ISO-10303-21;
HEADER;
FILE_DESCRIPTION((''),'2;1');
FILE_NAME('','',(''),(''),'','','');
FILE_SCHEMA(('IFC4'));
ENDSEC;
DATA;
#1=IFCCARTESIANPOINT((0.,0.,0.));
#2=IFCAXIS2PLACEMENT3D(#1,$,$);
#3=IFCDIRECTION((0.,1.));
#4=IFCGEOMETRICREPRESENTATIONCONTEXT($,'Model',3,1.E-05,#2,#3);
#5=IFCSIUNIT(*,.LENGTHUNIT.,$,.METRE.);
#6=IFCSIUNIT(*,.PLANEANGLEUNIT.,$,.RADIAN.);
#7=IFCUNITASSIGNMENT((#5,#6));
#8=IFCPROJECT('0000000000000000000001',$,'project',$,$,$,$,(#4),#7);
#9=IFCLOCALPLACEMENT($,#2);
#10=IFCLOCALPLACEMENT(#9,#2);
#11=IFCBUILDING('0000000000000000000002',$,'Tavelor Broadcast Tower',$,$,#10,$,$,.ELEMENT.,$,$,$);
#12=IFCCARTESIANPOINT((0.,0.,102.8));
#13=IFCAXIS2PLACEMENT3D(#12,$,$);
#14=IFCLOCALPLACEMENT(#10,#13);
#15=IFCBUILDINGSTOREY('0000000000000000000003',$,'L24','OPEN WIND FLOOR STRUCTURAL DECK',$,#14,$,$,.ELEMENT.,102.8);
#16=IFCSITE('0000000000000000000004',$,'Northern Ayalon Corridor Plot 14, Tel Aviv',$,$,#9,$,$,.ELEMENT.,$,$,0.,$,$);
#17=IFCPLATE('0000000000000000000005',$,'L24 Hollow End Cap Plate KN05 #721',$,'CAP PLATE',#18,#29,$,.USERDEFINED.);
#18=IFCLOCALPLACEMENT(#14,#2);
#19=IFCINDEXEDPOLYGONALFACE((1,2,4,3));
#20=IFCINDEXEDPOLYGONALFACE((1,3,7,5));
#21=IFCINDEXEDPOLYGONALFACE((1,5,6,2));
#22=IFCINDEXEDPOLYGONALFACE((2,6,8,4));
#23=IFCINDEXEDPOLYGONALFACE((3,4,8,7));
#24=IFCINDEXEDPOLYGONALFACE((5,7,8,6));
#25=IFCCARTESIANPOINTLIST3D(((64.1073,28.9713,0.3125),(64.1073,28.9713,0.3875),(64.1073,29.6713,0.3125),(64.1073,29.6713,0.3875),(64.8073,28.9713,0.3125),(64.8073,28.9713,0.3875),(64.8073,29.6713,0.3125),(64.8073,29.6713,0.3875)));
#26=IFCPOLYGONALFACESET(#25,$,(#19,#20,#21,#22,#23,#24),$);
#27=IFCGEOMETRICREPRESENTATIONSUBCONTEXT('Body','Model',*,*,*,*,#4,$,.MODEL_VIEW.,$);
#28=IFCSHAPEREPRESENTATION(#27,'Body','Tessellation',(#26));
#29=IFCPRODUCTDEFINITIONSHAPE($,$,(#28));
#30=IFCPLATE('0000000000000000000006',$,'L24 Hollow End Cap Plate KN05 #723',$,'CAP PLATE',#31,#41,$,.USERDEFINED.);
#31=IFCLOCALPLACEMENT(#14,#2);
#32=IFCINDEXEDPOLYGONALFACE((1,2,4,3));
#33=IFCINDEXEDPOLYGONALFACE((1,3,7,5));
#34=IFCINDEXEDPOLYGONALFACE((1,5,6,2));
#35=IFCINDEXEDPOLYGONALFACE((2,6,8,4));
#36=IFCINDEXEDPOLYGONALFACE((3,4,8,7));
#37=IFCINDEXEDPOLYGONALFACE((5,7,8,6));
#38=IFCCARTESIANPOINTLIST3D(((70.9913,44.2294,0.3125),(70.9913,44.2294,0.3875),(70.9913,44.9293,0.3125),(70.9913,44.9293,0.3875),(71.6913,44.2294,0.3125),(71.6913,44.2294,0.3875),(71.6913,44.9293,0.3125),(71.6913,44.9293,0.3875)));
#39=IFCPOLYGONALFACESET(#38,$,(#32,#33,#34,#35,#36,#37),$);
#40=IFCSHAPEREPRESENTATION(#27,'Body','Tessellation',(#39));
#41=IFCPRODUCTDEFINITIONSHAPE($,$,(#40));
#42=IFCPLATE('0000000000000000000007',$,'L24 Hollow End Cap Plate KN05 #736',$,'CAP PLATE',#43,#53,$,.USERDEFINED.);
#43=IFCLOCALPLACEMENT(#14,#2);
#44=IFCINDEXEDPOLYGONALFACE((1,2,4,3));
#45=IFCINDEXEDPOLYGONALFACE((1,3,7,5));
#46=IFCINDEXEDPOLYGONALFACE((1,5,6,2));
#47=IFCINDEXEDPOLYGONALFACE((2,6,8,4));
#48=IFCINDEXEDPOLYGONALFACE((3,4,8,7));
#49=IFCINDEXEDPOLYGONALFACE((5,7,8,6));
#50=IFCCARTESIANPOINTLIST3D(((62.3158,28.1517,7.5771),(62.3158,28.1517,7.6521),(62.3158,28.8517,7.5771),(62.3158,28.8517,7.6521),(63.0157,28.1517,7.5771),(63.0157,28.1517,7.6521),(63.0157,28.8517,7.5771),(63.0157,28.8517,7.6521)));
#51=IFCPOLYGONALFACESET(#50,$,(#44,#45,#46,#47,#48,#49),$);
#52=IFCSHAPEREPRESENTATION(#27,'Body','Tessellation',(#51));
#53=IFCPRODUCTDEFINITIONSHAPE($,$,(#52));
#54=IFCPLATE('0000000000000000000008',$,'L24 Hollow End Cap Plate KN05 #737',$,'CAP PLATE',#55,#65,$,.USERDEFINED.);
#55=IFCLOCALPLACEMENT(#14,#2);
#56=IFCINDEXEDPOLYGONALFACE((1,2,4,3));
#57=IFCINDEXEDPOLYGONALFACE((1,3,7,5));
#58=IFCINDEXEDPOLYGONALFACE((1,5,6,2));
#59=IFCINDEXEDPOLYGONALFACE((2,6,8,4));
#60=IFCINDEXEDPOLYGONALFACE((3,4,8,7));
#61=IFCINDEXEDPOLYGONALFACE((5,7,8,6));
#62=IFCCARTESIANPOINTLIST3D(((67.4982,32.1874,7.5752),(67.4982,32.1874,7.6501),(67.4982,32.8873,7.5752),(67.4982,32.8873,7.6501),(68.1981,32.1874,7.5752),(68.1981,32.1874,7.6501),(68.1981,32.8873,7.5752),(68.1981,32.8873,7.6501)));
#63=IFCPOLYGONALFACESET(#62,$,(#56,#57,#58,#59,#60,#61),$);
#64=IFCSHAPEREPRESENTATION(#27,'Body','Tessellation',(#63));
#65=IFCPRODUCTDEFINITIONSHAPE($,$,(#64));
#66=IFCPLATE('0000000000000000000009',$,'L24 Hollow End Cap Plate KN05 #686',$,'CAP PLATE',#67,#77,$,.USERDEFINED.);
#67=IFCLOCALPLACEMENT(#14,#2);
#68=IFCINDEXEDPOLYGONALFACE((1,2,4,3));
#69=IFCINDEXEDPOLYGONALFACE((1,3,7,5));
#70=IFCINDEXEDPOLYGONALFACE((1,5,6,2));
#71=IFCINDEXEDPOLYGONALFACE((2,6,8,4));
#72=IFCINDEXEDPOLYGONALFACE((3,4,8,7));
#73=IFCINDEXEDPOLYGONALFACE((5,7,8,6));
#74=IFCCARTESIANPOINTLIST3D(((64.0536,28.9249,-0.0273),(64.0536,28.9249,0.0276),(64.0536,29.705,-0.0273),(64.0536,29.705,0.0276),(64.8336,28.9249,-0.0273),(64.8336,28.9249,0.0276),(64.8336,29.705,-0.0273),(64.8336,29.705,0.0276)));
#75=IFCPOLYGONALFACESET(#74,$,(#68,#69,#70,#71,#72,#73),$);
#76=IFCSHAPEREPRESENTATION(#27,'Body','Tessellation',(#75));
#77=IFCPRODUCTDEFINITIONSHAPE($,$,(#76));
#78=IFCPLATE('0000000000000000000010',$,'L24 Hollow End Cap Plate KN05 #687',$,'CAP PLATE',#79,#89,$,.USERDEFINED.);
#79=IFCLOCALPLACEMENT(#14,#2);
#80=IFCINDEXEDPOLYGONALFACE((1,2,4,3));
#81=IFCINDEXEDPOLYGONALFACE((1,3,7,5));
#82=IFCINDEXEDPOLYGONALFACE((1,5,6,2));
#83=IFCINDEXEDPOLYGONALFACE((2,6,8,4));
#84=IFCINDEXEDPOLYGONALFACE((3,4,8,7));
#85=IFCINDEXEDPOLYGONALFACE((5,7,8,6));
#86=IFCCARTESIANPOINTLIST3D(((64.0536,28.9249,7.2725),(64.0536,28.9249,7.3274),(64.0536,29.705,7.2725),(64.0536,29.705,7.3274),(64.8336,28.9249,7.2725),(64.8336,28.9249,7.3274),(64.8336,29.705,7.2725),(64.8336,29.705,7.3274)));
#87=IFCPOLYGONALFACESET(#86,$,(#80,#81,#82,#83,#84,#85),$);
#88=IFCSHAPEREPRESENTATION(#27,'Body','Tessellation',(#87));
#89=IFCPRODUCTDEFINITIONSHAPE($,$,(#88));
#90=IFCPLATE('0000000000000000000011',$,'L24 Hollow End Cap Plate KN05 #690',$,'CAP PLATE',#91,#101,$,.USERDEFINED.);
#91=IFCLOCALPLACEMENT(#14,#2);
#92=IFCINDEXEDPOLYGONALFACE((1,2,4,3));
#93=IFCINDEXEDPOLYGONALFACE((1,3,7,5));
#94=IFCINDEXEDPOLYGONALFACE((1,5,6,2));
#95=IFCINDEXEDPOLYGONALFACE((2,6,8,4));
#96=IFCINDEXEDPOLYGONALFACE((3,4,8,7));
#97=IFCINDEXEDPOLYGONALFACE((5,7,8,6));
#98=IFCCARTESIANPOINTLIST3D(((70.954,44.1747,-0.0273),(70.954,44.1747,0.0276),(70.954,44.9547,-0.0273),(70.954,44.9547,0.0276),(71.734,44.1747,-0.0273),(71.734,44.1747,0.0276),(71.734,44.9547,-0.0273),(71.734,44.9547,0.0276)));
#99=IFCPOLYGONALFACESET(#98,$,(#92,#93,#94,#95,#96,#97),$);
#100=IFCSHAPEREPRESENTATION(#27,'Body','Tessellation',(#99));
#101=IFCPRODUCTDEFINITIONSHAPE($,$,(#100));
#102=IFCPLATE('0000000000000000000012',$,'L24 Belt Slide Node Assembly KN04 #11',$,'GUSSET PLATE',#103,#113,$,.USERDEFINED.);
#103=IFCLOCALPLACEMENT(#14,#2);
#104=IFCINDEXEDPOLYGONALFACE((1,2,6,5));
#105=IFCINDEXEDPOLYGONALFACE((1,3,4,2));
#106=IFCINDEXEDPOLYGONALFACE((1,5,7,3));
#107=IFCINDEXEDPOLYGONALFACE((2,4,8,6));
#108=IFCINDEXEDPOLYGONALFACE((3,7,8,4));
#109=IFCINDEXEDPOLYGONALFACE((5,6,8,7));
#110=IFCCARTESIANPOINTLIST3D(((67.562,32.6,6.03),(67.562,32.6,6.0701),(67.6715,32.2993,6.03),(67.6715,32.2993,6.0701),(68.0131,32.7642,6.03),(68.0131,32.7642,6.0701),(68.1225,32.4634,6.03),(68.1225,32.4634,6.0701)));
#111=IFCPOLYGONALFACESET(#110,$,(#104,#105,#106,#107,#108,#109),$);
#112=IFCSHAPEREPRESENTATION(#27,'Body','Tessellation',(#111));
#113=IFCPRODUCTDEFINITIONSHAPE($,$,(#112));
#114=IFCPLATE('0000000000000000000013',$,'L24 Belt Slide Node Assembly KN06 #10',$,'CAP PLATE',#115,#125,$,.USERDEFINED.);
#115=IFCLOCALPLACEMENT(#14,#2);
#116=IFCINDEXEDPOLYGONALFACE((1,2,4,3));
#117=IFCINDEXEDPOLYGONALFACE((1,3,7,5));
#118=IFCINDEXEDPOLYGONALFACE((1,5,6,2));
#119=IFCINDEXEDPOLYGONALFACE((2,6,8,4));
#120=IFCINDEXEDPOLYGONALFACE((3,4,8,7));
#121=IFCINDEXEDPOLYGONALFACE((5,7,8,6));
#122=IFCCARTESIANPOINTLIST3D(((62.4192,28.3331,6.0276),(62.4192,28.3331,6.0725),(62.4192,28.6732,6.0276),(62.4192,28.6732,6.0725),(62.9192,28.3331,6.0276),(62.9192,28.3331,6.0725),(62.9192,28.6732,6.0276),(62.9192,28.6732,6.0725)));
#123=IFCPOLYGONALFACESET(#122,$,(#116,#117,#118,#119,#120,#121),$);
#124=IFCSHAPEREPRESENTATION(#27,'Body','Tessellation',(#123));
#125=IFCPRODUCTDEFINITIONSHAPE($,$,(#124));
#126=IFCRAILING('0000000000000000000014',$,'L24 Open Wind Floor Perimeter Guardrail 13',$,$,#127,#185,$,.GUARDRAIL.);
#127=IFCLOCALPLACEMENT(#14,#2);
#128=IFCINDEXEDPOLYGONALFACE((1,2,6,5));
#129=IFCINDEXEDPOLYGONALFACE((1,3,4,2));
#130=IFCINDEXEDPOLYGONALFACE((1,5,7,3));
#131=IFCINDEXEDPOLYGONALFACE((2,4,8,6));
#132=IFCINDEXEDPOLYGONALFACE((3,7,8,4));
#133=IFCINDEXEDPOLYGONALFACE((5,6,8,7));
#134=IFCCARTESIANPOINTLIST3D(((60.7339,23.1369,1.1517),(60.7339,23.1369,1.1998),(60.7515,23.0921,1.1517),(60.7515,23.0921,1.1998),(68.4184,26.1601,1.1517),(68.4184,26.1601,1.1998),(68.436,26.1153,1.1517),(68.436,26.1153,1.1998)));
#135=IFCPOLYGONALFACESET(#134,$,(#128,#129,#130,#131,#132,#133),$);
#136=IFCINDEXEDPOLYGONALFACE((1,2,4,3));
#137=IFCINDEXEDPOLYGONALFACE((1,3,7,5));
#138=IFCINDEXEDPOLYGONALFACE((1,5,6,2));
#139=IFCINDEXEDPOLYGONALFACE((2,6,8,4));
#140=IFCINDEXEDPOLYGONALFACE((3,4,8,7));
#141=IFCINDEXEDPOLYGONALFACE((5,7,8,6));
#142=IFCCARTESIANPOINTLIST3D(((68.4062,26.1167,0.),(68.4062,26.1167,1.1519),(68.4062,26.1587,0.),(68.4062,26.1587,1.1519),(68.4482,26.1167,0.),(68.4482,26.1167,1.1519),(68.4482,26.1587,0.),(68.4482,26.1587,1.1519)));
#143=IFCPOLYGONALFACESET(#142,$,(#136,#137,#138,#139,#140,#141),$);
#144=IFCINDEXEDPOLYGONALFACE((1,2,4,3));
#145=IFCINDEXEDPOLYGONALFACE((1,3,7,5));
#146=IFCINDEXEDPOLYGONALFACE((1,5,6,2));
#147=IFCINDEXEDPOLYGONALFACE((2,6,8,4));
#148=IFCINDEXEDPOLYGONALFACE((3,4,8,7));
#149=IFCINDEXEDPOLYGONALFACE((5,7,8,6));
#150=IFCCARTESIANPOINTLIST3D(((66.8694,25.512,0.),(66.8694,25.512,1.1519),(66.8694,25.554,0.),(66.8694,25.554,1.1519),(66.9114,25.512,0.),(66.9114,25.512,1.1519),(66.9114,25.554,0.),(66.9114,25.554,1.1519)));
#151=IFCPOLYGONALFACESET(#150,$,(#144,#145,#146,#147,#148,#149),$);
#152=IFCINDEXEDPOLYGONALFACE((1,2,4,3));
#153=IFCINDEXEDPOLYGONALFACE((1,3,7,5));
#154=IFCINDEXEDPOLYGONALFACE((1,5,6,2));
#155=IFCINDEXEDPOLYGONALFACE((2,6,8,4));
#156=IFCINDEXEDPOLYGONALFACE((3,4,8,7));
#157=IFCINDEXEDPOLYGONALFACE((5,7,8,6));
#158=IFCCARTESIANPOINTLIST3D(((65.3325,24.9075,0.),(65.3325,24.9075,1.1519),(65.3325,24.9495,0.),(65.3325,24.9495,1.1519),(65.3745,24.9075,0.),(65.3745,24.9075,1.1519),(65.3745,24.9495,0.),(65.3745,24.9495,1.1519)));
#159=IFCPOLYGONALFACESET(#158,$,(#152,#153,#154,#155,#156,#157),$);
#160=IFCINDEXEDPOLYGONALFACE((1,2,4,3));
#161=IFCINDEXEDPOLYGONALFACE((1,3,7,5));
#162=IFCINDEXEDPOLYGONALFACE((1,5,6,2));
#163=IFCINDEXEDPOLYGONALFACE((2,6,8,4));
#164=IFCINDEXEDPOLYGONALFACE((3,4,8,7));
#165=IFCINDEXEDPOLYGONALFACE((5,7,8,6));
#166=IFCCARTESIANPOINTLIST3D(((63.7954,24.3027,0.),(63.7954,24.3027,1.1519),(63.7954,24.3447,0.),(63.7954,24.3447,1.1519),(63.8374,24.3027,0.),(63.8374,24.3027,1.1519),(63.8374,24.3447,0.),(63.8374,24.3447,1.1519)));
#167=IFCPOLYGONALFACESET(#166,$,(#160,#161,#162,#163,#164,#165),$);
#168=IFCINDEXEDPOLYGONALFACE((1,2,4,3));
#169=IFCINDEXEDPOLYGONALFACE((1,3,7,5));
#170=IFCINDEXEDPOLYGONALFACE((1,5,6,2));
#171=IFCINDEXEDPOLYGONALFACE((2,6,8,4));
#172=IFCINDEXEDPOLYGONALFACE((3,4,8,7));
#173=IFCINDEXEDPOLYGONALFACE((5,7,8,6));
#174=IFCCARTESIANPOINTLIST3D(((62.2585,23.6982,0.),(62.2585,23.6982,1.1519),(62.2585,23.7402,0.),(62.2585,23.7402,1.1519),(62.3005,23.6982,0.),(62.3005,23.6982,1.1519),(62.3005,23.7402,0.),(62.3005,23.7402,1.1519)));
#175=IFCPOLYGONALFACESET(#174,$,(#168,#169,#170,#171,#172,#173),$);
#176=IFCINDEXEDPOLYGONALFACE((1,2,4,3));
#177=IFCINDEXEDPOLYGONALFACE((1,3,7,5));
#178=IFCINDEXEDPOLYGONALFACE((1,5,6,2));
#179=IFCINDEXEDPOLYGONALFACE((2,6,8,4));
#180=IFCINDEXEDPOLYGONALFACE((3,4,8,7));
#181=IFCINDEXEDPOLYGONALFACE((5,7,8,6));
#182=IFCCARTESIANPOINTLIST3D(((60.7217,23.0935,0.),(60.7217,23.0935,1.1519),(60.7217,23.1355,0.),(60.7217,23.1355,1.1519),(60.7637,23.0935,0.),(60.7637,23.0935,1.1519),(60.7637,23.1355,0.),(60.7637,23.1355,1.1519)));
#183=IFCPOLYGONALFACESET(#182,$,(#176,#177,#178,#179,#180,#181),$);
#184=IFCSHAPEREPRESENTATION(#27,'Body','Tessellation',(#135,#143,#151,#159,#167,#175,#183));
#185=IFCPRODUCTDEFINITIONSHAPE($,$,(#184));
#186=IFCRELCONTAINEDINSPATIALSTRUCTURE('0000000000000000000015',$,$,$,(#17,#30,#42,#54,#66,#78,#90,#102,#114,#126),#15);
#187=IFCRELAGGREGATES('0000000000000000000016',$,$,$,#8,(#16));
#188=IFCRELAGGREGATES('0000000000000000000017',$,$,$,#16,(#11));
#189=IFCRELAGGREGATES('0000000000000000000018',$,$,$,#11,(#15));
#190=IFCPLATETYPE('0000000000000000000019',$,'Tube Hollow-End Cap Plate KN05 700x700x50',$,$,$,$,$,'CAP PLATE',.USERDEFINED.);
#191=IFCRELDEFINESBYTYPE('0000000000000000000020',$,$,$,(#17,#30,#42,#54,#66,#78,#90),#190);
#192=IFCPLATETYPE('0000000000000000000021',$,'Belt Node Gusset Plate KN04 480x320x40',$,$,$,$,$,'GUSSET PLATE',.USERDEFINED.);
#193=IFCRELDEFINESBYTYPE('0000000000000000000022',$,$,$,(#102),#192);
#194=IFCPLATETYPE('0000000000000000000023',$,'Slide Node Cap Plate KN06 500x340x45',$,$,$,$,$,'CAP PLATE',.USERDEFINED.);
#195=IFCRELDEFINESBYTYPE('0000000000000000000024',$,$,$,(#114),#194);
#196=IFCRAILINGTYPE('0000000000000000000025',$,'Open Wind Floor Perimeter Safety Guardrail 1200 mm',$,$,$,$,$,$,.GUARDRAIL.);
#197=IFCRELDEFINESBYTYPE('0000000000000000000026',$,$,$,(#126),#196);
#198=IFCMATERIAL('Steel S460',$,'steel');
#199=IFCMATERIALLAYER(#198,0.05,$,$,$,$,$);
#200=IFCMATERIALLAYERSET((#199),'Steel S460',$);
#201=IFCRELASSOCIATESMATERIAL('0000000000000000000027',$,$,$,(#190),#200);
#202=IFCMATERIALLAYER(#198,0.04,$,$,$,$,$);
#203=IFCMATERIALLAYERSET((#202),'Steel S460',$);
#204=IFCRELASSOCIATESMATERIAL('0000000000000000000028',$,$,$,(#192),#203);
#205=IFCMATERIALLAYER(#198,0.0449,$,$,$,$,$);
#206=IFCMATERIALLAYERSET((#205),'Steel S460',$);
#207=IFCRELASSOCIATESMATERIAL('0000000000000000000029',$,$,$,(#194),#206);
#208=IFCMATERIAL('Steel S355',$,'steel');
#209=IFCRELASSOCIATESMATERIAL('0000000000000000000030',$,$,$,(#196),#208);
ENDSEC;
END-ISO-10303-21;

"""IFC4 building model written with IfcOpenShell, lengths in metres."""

from ifc_helpers import new_model, si_unit, direction, frame, origin, origin_2d, place, context, subcontext, project, spatial, rectangle, extrude, source, transform, mapped, material, layer, layer_set, type_object, type_shapes, element, save


model = new_model("IFC4")

# Units and contexts
model_context = context("Model", 3, precision=1e-05, world=origin(), true_north=direction((0.0, 1.0)))
body_context = subcontext(model_context, "Body", "Model", "MODEL_VIEW")
ifc_project = project(units=[si_unit("LENGTHUNIT", "METRE"), si_unit("PLANEANGLEUNIT", "RADIAN")], contexts=[model_context])

# Site, building, storey
site_placement = place(None, origin())
site = spatial("IfcSite", under=ifc_project, at=site_placement, Name="Northern Ayalon Corridor Plot 14, Tel Aviv", CompositionType="ELEMENT", RefElevation=0.0)
building_placement = place(site_placement, origin())
building = spatial("IfcBuilding", under=site, at=building_placement, Name="Tavelor Broadcast Tower", CompositionType="ELEMENT")
storey_placement = place(building_placement, frame((0.0, 0.0, 102.8)))
storey = spatial("IfcBuildingStorey", under=building, at=storey_placement, Name="L24", Description="OPEN WIND FLOOR STRUCTURAL DECK", CompositionType="ELEMENT", Elevation=102.8)

# Shared definitions
ifc_material_1 = material(Name="Steel S460", Category="steel")

# Plates
ifc_layer_1 = layer(ifc_material_1, 0.05)
ifc_layer_set_1 = layer_set([ifc_layer_1], Name="Steel S460")
plate_type_1 = type_object("IfcPlateType", Name="Tube Hollow-End Cap Plate KN05 700x700x50", ElementType="CAP PLATE", PredefinedType="USERDEFINED", material=ifc_layer_set_1)
shared_shape_1 = source(origin(), body_context, "Body", "SweptSolid", [
    extrude(rectangle(XDim=0.7, YDim=0.7, at=origin_2d()), origin(), (0.0, 0.0, 1.0), 0.075),
])
for number, where, z_axis, x_axis, name in (
    (1, (64.4573, 29.3213, 0.3125), (0.0, 0.0, 1.0), (1.0, 0.0, 0.0), "L24 Hollow End Cap Plate KN05 #721"),
    (2, (71.3413, 44.5793, 0.3125), (0.0, 0.0, 1.0), (1.0, 0.0, 0.0), "L24 Hollow End Cap Plate KN05 #723"),
    (3, (62.6658, 28.5017, 7.5771), (0.0, 0.0, 1.0), (1.0, 0.0, 0.0), "L24 Hollow End Cap Plate KN05 #736"),
    (4, (67.8481, 32.5374, 7.5752), (0.0, 0.0, 1.0), (1.0, 0.0, 0.0), "L24 Hollow End Cap Plate KN05 #737"),
):
    element("IfcPlate", number, at=place(storey_placement, frame(where, z_axis=z_axis, x_axis=x_axis)), inside=storey, type_object=plate_type_1, Name=name, ObjectType="CAP PLATE", PredefinedType="USERDEFINED", context=body_context, shape_type="MappedRepresentation", body=[
        mapped(shared_shape_1, transform((0.0, 0.0, 0.0), scale=1.0)),
    ])
shared_shape_2 = source(origin(), body_context, "Body", "SweptSolid", [
    extrude(rectangle(XDim=0.78, YDim=0.78, at=origin_2d()), origin(), (0.0, 0.0, 1.0), 0.0549),
])
type_shapes(plate_type_1, [shared_shape_1, shared_shape_2])
for number, where, z_axis, x_axis, name in (
    (5, (64.4436, 29.3149, -0.0273), (0.0, 0.0, 1.0), (1.0, 0.0, 0.0), "L24 Hollow End Cap Plate KN05 #686"),
    (6, (64.4436, 29.3149, 7.2725), (0.0, 0.0, 1.0), (1.0, 0.0, 0.0), "L24 Hollow End Cap Plate KN05 #687"),
    (7, (71.344, 44.5647, -0.0273), (0.0, 0.0, 1.0), (1.0, 0.0, 0.0), "L24 Hollow End Cap Plate KN05 #690"),
):
    element("IfcPlate", number, at=place(storey_placement, frame(where, z_axis=z_axis, x_axis=x_axis)), inside=storey, type_object=plate_type_1, Name=name, ObjectType="CAP PLATE", PredefinedType="USERDEFINED", context=body_context, shape_type="MappedRepresentation", body=[
        mapped(shared_shape_2, transform((0.0, 0.0, 0.0), scale=1.0)),
    ])
ifc_layer_2 = layer(ifc_material_1, 0.04)
ifc_layer_set_2 = layer_set([ifc_layer_2], Name="Steel S460")
plate_type_2 = type_object("IfcPlateType", Name="Belt Node Gusset Plate KN04 480x320x40", ElementType="GUSSET PLATE", PredefinedType="USERDEFINED", material=ifc_layer_set_2)
shared_shape_3 = source(origin(), body_context, "Body", "SweptSolid", [
    extrude(rectangle(XDim=0.48, YDim=0.3201, at=origin_2d()), origin(), (0.0, 0.0, 1.0), 0.04),
])
type_shapes(plate_type_2, [shared_shape_3])
plate_1_placement = place(storey_placement, frame((67.8423, 32.5317, 6.03), z_axis=(0.0, 0.0, 1.0), x_axis=(-0.939693, -0.34202, 0.0)))
element("IfcPlate", 8, at=plate_1_placement, inside=storey, type_object=plate_type_2, Name="L24 Belt Slide Node Assembly KN04 #11", ObjectType="GUSSET PLATE", PredefinedType="USERDEFINED", context=body_context, shape_type="MappedRepresentation", body=[
    mapped(shared_shape_3, transform((0.0, 0.0, 0.0), scale=1.0)),
])
ifc_layer_3 = layer(ifc_material_1, 0.0449)
ifc_layer_set_3 = layer_set([ifc_layer_3], Name="Steel S460")
plate_type_3 = type_object("IfcPlateType", Name="Slide Node Cap Plate KN06 500x340x45", ElementType="CAP PLATE", PredefinedType="USERDEFINED", material=ifc_layer_set_3)
shared_shape_4 = source(origin(), body_context, "Body", "SweptSolid", [
    extrude(rectangle(XDim=0.5, YDim=0.3401, at=origin_2d()), origin(), (0.0, 0.0, 1.0), 0.0449),
])
type_shapes(plate_type_3, [shared_shape_4])
plate_2_placement = place(storey_placement, frame((62.6692, 28.5032, 6.0276), z_axis=(0.0, 0.0, 1.0), x_axis=(-1.0, 0.0, 0.0)))
element("IfcPlate", 9, at=plate_2_placement, inside=storey, type_object=plate_type_3, Name="L24 Belt Slide Node Assembly KN06 #10", ObjectType="CAP PLATE", PredefinedType="USERDEFINED", context=body_context, shape_type="MappedRepresentation", body=[
    mapped(shared_shape_4, transform((0.0, 0.0, 0.0), scale=1.0)),
])

# Railing
ifc_material_2 = material(Name="Steel S355", Category="steel")
railing_type = type_object("IfcRailingType", Name="Open Wind Floor Perimeter Safety Guardrail 1200 mm", PredefinedType="GUARDRAIL", material=ifc_material_2)
railing_1_placement = place(storey_placement, frame((68.4272, 26.1377, 0.0)))
element("IfcRailing", 10, at=railing_1_placement, inside=storey, type_object=railing_type, Name="L24 Open Wind Floor Perimeter Guardrail 13", PredefinedType="GUARDRAIL", context=body_context, shape_type="SweptSolid", body=[
    extrude(rectangle(XDim=0.0481, YDim=0.0481, at=origin_2d()), frame((0.0, 0.0, 1.1758), z_axis=(-0.930576, -0.366099, 0.0), x_axis=(0.366099, -0.930576, 0.0)), (0.0, 0.0, 1.0), 8.2578),
    extrude(rectangle(XDim=0.042, YDim=0.042, at=origin_2d()), origin(), (0.0, 0.0, 1.0), 1.1519),
    extrude(rectangle(XDim=0.042, YDim=0.042, at=origin_2d()), frame((-1.5369, -0.6047, 0.0)), (0.0, 0.0, 1.0), 1.1519),
    extrude(rectangle(XDim=0.042, YDim=0.042, at=origin_2d()), frame((-3.0737, -1.2092, 0.0)), (0.0, 0.0, 1.0), 1.1519),
    extrude(rectangle(XDim=0.042, YDim=0.042, at=origin_2d()), frame((-4.6108, -1.814, 0.0)), (0.0, 0.0, 1.0), 1.1519),
    extrude(rectangle(XDim=0.042, YDim=0.042, at=origin_2d()), frame((-6.1477, -2.4185, 0.0)), (0.0, 0.0, 1.0), 1.1519),
    extrude(rectangle(XDim=0.042, YDim=0.042, at=origin_2d()), frame((-7.6846, -3.0232, 0.0)), (0.0, 0.0, 1.0), 1.1519),
])

save(model, "model.ifc")
